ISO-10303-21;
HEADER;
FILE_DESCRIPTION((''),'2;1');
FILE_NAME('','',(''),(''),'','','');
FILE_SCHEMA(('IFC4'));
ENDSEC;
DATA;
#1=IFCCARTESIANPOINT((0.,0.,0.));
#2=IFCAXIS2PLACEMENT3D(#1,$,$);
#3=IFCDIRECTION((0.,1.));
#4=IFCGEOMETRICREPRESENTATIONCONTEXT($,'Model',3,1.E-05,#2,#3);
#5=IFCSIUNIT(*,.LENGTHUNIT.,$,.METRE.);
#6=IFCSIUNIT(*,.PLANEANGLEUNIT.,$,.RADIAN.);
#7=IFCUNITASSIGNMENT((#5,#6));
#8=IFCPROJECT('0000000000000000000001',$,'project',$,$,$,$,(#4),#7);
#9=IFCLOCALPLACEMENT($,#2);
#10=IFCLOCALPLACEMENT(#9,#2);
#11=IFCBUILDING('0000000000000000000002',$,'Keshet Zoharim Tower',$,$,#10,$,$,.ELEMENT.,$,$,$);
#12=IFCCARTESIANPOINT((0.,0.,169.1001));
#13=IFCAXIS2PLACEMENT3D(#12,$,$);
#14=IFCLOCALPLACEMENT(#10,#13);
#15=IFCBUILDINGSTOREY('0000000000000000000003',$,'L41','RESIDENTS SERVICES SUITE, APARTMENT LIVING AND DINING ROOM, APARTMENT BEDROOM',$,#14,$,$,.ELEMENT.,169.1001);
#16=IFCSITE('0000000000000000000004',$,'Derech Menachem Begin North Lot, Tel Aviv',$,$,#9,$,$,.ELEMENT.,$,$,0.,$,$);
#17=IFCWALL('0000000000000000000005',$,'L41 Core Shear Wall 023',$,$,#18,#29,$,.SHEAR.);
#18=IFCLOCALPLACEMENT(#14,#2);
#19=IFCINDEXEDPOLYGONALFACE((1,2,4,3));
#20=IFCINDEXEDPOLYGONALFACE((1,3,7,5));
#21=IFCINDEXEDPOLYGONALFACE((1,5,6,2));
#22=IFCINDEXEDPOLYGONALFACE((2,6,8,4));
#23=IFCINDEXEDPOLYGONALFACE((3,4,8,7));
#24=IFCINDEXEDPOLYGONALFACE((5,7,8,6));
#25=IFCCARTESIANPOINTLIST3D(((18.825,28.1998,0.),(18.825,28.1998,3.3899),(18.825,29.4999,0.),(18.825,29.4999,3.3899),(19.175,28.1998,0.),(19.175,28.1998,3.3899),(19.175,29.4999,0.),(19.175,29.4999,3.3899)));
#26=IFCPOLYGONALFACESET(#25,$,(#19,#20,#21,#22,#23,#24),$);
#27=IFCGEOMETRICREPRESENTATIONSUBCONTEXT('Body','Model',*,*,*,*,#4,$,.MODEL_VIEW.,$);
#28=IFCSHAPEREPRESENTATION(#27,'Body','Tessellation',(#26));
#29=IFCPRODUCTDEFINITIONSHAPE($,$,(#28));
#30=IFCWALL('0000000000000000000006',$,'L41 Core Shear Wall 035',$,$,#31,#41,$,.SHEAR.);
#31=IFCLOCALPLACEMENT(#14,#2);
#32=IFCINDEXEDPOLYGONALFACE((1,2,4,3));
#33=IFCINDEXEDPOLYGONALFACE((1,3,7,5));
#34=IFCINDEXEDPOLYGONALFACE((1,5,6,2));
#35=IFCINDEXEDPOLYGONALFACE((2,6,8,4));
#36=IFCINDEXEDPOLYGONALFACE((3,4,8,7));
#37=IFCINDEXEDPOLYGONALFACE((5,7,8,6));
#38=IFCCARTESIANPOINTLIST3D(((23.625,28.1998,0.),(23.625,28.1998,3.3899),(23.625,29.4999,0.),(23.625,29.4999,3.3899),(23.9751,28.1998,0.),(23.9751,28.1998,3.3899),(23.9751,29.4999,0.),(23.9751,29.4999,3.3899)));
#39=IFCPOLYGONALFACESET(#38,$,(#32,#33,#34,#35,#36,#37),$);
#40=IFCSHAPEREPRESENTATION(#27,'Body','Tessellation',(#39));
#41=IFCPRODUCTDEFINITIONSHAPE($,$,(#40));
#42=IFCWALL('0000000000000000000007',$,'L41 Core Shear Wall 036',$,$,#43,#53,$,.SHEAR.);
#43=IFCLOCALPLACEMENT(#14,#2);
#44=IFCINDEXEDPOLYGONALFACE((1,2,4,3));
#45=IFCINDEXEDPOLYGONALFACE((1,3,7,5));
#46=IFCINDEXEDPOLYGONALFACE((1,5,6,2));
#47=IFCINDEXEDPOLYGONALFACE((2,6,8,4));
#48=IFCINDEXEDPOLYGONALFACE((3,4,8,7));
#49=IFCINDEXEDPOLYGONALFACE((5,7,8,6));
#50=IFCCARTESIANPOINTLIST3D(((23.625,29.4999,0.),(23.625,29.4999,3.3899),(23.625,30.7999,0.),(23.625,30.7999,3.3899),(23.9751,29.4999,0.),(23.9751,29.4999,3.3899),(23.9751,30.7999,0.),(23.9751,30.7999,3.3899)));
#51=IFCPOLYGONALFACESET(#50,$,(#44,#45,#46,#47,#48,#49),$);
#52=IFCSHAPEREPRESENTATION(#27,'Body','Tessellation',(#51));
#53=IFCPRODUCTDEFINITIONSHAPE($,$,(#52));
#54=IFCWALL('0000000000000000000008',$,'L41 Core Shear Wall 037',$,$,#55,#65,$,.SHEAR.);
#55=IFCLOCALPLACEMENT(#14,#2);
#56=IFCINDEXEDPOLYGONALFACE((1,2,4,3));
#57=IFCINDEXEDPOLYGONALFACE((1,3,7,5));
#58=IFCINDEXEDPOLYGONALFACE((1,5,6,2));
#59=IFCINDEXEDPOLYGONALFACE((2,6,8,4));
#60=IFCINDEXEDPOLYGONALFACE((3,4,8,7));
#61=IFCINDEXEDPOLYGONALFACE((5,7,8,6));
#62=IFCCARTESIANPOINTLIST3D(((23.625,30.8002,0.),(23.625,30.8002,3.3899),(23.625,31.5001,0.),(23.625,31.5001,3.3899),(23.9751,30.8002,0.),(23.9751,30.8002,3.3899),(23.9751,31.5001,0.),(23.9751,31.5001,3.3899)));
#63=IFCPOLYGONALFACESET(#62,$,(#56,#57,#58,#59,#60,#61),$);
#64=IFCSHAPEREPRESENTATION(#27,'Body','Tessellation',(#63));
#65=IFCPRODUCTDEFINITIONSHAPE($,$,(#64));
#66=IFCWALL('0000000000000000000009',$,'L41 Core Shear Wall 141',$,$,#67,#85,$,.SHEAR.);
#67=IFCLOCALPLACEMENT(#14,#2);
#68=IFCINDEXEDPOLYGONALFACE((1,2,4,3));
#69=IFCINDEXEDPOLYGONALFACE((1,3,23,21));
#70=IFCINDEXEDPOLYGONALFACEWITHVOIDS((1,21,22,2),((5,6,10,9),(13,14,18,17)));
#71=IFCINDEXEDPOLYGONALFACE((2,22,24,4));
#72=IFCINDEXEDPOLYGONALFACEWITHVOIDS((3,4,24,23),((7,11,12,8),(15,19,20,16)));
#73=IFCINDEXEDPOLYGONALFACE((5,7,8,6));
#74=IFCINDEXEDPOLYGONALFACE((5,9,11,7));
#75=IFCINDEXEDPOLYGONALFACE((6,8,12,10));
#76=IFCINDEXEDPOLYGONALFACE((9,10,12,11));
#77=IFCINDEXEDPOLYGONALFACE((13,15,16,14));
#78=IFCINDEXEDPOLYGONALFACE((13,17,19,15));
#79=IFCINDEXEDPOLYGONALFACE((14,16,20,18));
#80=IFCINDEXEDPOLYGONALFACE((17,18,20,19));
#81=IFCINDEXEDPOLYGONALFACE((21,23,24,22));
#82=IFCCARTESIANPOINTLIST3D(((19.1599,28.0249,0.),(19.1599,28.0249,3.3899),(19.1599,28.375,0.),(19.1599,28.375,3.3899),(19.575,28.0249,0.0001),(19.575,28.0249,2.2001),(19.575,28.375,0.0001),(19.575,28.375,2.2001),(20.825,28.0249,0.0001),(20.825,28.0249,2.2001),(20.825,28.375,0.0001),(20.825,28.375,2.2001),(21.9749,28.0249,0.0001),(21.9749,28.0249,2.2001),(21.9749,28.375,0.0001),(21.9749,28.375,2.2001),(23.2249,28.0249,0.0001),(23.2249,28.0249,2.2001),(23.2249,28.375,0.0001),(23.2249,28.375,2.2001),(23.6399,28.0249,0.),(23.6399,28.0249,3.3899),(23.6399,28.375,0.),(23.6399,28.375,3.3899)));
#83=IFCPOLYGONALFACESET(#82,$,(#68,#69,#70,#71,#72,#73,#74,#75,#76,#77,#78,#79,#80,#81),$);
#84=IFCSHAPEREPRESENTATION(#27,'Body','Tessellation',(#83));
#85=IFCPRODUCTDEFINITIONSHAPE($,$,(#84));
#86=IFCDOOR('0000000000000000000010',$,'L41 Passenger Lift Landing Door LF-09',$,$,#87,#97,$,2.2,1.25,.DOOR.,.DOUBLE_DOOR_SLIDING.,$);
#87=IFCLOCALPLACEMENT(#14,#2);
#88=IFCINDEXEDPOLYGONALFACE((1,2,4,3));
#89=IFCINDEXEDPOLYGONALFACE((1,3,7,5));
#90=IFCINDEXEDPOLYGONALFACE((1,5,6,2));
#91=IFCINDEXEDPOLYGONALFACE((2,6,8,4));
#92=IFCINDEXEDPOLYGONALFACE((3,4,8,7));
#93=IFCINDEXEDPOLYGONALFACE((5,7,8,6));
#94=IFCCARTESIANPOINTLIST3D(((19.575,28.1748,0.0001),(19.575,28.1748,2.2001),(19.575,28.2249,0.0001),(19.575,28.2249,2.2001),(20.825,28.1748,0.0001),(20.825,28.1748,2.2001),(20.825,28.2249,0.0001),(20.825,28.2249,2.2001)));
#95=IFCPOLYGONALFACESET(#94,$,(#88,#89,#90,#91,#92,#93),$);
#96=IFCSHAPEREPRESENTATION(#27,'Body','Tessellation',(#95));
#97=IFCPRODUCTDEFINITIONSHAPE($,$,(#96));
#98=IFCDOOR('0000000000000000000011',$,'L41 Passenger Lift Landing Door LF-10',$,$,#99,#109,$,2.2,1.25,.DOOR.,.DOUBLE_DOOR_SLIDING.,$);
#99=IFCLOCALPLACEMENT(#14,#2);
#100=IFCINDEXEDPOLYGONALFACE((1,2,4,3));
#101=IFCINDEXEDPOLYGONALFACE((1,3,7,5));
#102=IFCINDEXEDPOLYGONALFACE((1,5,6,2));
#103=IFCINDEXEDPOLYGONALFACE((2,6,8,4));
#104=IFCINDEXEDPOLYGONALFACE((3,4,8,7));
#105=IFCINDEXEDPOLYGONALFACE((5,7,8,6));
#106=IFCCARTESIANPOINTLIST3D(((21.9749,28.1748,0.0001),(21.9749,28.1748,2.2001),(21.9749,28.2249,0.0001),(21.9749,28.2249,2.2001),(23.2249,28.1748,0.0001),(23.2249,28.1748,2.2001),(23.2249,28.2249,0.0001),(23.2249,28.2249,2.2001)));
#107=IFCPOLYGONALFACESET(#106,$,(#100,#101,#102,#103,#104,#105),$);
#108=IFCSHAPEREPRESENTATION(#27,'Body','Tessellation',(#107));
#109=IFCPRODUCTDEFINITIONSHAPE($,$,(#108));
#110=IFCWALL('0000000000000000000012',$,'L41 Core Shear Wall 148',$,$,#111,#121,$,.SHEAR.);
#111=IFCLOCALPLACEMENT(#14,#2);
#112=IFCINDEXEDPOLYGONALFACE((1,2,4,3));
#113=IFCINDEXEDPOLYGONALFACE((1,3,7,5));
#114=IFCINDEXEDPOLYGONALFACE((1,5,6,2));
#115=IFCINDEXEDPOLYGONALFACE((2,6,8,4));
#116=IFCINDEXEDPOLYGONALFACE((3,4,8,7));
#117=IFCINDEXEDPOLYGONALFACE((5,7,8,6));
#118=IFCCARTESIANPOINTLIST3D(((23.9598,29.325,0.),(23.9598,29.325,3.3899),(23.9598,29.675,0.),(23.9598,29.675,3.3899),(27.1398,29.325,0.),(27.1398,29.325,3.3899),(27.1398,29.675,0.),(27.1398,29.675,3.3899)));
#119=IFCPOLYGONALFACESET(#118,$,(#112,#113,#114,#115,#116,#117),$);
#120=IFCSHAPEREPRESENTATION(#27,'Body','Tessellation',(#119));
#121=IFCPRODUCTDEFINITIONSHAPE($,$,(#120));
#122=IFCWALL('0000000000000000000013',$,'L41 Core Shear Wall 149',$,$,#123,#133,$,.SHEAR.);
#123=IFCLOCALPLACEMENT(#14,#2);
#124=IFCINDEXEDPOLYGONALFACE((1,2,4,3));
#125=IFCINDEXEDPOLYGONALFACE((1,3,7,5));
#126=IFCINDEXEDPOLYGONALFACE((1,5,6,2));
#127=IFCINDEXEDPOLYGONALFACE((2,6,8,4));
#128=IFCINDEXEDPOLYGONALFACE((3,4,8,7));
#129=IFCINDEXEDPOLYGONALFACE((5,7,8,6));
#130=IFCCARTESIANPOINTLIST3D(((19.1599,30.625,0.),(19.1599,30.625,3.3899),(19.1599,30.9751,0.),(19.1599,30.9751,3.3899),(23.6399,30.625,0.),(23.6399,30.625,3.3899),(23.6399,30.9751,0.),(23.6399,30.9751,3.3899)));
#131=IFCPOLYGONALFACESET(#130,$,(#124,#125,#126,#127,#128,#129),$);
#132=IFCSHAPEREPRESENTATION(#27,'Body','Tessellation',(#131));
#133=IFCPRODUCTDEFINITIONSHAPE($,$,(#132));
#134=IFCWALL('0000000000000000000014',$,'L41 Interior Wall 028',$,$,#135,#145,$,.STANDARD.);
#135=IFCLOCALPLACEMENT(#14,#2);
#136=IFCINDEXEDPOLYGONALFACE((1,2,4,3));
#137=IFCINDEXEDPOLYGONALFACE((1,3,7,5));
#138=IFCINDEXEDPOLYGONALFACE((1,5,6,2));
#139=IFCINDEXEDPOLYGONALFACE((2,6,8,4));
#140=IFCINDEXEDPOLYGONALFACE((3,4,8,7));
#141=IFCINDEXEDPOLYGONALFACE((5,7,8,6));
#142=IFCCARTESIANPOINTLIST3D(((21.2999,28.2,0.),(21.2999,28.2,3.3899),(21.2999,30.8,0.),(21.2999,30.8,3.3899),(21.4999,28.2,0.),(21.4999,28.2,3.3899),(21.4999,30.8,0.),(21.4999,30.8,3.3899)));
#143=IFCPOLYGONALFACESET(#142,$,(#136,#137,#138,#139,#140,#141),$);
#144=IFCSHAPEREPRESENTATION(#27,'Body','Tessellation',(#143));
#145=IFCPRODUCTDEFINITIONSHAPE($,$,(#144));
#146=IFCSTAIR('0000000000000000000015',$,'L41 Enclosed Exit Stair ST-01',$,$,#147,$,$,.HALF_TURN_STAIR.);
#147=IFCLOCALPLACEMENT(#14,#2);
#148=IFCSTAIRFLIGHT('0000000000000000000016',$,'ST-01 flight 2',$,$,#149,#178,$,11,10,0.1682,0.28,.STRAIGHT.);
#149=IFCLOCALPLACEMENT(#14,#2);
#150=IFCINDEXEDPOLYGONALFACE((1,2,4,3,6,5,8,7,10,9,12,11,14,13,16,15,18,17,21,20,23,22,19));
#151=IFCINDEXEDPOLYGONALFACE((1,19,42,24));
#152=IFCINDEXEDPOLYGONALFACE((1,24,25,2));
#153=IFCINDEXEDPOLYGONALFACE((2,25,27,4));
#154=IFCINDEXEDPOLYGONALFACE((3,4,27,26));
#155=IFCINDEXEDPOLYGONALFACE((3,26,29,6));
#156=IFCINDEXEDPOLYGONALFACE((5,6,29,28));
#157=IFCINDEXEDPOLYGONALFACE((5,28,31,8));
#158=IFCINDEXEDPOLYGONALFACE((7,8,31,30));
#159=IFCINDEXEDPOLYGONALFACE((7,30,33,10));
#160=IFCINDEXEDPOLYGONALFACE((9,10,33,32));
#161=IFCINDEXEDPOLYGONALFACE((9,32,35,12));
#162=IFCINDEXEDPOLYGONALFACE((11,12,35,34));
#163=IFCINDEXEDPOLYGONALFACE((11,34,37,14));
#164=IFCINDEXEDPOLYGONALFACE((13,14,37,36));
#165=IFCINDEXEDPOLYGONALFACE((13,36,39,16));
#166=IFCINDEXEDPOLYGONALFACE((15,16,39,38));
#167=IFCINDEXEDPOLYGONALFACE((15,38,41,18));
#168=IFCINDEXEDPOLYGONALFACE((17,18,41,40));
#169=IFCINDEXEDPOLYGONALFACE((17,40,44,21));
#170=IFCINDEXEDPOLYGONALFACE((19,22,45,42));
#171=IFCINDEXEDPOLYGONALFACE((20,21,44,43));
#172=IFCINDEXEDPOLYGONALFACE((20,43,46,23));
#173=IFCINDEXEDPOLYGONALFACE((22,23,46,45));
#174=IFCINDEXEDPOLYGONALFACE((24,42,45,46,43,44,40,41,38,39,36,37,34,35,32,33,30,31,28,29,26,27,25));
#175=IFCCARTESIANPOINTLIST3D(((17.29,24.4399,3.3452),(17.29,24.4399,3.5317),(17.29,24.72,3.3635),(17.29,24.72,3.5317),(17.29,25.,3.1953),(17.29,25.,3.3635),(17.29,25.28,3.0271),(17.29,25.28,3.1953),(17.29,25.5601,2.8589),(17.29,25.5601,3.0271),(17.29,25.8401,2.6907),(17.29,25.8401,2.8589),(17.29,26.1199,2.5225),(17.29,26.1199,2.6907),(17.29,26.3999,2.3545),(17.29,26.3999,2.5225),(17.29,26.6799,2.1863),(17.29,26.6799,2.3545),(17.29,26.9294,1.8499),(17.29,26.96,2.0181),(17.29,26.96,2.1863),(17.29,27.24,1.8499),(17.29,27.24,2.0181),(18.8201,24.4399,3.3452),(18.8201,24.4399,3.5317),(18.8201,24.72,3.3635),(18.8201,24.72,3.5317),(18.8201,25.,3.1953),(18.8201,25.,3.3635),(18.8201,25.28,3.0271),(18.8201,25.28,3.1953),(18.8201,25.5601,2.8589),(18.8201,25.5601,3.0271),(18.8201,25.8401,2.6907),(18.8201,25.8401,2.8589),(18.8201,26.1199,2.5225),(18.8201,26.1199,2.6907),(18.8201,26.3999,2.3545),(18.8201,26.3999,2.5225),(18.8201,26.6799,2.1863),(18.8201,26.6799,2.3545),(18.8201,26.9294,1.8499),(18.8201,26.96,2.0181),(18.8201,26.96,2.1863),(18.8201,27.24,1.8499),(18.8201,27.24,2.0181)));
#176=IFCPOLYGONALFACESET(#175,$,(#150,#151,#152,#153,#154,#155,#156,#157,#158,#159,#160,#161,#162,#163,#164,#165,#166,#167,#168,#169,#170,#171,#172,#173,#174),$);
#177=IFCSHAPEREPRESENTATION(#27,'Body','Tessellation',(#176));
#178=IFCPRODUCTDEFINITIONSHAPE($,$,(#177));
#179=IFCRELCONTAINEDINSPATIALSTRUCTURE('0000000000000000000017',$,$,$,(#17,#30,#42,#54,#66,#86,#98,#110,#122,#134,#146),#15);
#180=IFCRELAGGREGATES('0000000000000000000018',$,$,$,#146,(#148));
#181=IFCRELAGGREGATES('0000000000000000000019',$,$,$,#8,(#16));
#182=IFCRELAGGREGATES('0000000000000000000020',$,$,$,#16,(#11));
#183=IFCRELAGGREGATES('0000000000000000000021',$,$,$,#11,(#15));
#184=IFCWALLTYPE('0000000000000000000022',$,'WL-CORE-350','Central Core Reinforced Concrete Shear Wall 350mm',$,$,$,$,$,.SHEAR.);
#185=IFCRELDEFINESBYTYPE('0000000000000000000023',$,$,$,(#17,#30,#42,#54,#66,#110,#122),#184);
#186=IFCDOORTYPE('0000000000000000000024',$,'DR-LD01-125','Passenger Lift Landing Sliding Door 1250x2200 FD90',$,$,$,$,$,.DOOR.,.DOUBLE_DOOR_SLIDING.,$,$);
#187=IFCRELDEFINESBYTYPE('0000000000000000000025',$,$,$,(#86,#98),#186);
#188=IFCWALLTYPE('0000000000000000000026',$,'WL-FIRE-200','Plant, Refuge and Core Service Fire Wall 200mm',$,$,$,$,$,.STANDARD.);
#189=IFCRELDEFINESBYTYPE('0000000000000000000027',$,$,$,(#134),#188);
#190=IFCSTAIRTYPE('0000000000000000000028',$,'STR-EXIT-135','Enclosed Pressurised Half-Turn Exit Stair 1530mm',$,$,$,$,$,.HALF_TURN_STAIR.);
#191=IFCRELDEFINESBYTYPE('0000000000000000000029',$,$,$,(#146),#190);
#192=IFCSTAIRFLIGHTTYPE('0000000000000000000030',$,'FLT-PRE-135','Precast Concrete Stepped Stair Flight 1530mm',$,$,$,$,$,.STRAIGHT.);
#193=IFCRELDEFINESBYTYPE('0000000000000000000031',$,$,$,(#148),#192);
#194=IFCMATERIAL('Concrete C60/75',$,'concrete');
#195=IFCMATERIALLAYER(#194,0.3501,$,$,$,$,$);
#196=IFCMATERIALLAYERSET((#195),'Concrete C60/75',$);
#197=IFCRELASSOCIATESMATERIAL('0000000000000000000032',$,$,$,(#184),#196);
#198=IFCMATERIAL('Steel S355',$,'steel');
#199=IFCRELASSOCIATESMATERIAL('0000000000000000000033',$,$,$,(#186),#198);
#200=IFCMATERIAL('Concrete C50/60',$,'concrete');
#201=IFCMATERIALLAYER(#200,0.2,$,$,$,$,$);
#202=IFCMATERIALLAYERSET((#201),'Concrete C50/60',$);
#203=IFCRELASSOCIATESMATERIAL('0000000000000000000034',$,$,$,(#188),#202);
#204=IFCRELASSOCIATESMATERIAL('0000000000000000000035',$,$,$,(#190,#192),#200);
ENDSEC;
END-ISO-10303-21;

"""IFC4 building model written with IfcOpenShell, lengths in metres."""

from ifc_helpers import new_model, si_unit, direction, frame, frame_2d, origin, place, context, subcontext, project, spatial, polyline, rectangle, outline, extrude, material, layer, layer_set, type_object, element, fill, aggregate, save


model = new_model("IFC4")

# Units and contexts
model_context = context("Model", 3, precision=1e-05, world=origin(), true_north=direction((0.0, 1.0)))
body_context = subcontext(model_context, "Body", "Model", "MODEL_VIEW")
ifc_project = project(units=[si_unit("LENGTHUNIT", "METRE"), si_unit("PLANEANGLEUNIT", "RADIAN")], contexts=[model_context])

# Site, building, storey
site_placement = place(None, origin())
site = spatial("IfcSite", under=ifc_project, at=site_placement, Name="Derech Menachem Begin North Lot, Tel Aviv", CompositionType="ELEMENT", RefElevation=0.0)
building_placement = place(site_placement, origin())
building = spatial("IfcBuilding", under=site, at=building_placement, Name="Keshet Zoharim Tower", CompositionType="ELEMENT")
storey_placement = place(building_placement, frame((0.0, 0.0, 169.1001)))
storey = spatial("IfcBuildingStorey", under=building, at=storey_placement, Name="L41", Description="RESIDENTS SERVICES SUITE, APARTMENT LIVING AND DINING ROOM, APARTMENT BEDROOM", CompositionType="ELEMENT", Elevation=169.1001)

# Wall
ifc_material_1 = material(Name="Concrete C60/75", Category="concrete")
ifc_layer_1 = layer(ifc_material_1, 0.3501)
ifc_layer_set_1 = layer_set([ifc_layer_1], Name="Concrete C60/75")
wall_type_1 = type_object("IfcWallType", Name="WL-CORE-350", Description="Central Core Reinforced Concrete Shear Wall 350mm", PredefinedType="SHEAR", material=ifc_layer_set_1)
wall_1_placement = place(storey_placement, frame((19.0, 28.2, 0.0), z_axis=(0.0, 0.0, 1.0), x_axis=(0.0, 1.0, 0.0)))
element("IfcWall", 1, at=wall_1_placement, inside=storey, type_object=wall_type_1, Name="L41 Core Shear Wall 023", PredefinedType="SHEAR", context=body_context, shape_type="SweptSolid", body=[
    extrude(rectangle(XDim=1.3, YDim=0.3501, at=frame_2d((0.6499, 0.0))), origin(), (0.0, 0.0, 1.0), 3.3899),
])

# Walls
for number, where, z_axis, x_axis, name in (
    (2, (23.8, 28.2, 0.0), (0.0, 0.0, 1.0), (0.0, 1.0, 0.0), "L41 Core Shear Wall 035"),
    (3, (23.8, 29.5, 0.0), (0.0, 0.0, 1.0), (0.0, 1.0, 0.0), "L41 Core Shear Wall 036"),
):
    element("IfcWall", number, at=place(storey_placement, frame(where, z_axis=z_axis, x_axis=x_axis)), inside=storey, type_object=wall_type_1, Name=name, PredefinedType="SHEAR", context=body_context, shape_type="SweptSolid", body=[
        extrude(rectangle(XDim=1.3, YDim=0.3501, at=frame_2d((0.6499, 0.0))), origin(), (0.0, 0.0, 1.0), 3.3899),
    ])
wall_2_placement = place(storey_placement, frame((23.8, 30.8, 0.0), z_axis=(0.0, 0.0, 1.0), x_axis=(0.0, 1.0, 0.0)))
element("IfcWall", 4, at=wall_2_placement, inside=storey, type_object=wall_type_1, Name="L41 Core Shear Wall 037", PredefinedType="SHEAR", context=body_context, shape_type="SweptSolid", body=[
    extrude(rectangle(XDim=0.7, YDim=0.3501, at=frame_2d((0.3501, 0.0))), origin(), (0.0, 0.0, 1.0), 3.3899),
])

# Wall, openings, doors
wall_3_placement = place(storey_placement, frame((19.1599, 28.2, 0.0), z_axis=(0.0, 0.0, 1.0), x_axis=(1.0, 0.0, 0.0)))
wall_3 = element("IfcWall", 5, at=wall_3_placement, inside=storey, type_object=wall_type_1, Name="L41 Core Shear Wall 141", PredefinedType="SHEAR", context=body_context, shape_type="SweptSolid", body=[
    extrude(rectangle(XDim=4.48, YDim=0.3501, at=frame_2d((2.24, 0.0))), origin(), (0.0, 0.0, 1.0), 3.3899),
])
opening_1_placement = place(wall_3_placement, frame((0.415, 0.0, 0.0)))
opening_1 = element("IfcOpeningElement", 6, at=opening_1_placement, cuts=wall_3, PredefinedType="OPENING", context=body_context, shape_type="SweptSolid", body=[
    extrude(rectangle(XDim=1.25, YDim=2.2, at=frame_2d((0.625, 1.1001))), frame((0.0, 0.1851, 0.0), z_axis=(0.0, -1.0, 0.0), x_axis=(1.0, 0.0, 0.0)), (0.0, 0.0, 1.0), 0.3701),
])
opening_2_placement = place(wall_3_placement, frame((2.8149, 0.0, 0.0)))
opening_2 = element("IfcOpeningElement", 7, at=opening_2_placement, cuts=wall_3, PredefinedType="OPENING", context=body_context, shape_type="SweptSolid", body=[
    extrude(rectangle(XDim=1.25, YDim=2.2, at=frame_2d((0.625, 1.1001))), frame((0.0, 0.1851, 0.0), z_axis=(0.0, -1.0, 0.0), x_axis=(1.0, 0.0, 0.0)), (0.0, 0.0, 1.0), 0.3701),
])
ifc_material_2 = material(Name="Steel S355", Category="steel")
door_type_1 = type_object("IfcDoorType", Name="DR-LD01-125", Description="Passenger Lift Landing Sliding Door 1250x2200 FD90", OperationType="DOUBLE_DOOR_SLIDING", PredefinedType="DOOR", material=ifc_material_2)
door_1_placement = place(opening_1_placement, origin())
door_1 = element("IfcDoor", 8, at=door_1_placement, inside=storey, type_object=door_type_1, Name="L41 Passenger Lift Landing Door LF-09", OperationType="DOUBLE_DOOR_SLIDING", OverallHeight=2.2, OverallWidth=1.25, PredefinedType="DOOR", context=body_context, shape_type="SweptSolid", body=[
    extrude(rectangle(XDim=1.25, YDim=2.2, at=frame_2d((0.625, 1.1001))), frame((0.0, 0.0249, 0.0), z_axis=(0.0, -1.0, 0.0), x_axis=(1.0, 0.0, 0.0)), (0.0, 0.0, 1.0), 0.05),
])
fill(opening_1, door_1)
door_2_placement = place(opening_2_placement, origin())
door_2 = element("IfcDoor", 9, at=door_2_placement, inside=storey, type_object=door_type_1, Name="L41 Passenger Lift Landing Door LF-10", OperationType="DOUBLE_DOOR_SLIDING", OverallHeight=2.2, OverallWidth=1.25, PredefinedType="DOOR", context=body_context, shape_type="SweptSolid", body=[
    extrude(rectangle(XDim=1.25, YDim=2.2, at=frame_2d((0.625, 1.1001))), frame((0.0, 0.0249, 0.0), z_axis=(0.0, -1.0, 0.0), x_axis=(1.0, 0.0, 0.0)), (0.0, 0.0, 1.0), 0.05),
])
fill(opening_2, door_2)

# Walls
wall_4_placement = place(storey_placement, frame((23.96, 29.5, 0.0), z_axis=(0.0, 0.0, 1.0), x_axis=(1.0, 0.0, 0.0)))
element("IfcWall", 10, at=wall_4_placement, inside=storey, type_object=wall_type_1, Name="L41 Core Shear Wall 148", PredefinedType="SHEAR", context=body_context, shape_type="SweptSolid", body=[
    extrude(rectangle(XDim=3.1799, YDim=0.3501, at=frame_2d((1.5898, 0.0))), origin(), (0.0, 0.0, 1.0), 3.3899),
])
wall_5_placement = place(storey_placement, frame((19.1599, 30.8, 0.0), z_axis=(0.0, 0.0, 1.0), x_axis=(1.0, 0.0, 0.0)))
element("IfcWall", 11, at=wall_5_placement, inside=storey, type_object=wall_type_1, Name="L41 Core Shear Wall 149", PredefinedType="SHEAR", context=body_context, shape_type="SweptSolid", body=[
    extrude(rectangle(XDim=4.48, YDim=0.3501, at=frame_2d((2.24, 0.0))), origin(), (0.0, 0.0, 1.0), 3.3899),
])
ifc_material_3 = material(Name="Concrete C50/60", Category="concrete")
ifc_layer_2 = layer(ifc_material_3, 0.2)
ifc_layer_set_2 = layer_set([ifc_layer_2], Name="Concrete C50/60")
wall_type_2 = type_object("IfcWallType", Name="WL-FIRE-200", Description="Plant, Refuge and Core Service Fire Wall 200mm", PredefinedType="STANDARD", material=ifc_layer_set_2)
wall_6_placement = place(storey_placement, frame((21.3999, 28.2, 0.0), z_axis=(0.0, 0.0, 1.0), x_axis=(0.0, 1.0, 0.0)))
element("IfcWall", 12, at=wall_6_placement, inside=storey, type_object=wall_type_2, Name="L41 Interior Wall 028", PredefinedType="STANDARD", context=body_context, shape_type="SweptSolid", body=[
    extrude(rectangle(XDim=2.6001, YDim=0.2, at=frame_2d((1.3, 0.0))), origin(), (0.0, 0.0, 1.0), 3.3899),
])

# Stair, stair flight
stair_type = type_object("IfcStairType", Name="STR-EXIT-135", Description="Enclosed Pressurised Half-Turn Exit Stair 1530mm", PredefinedType="HALF_TURN_STAIR", material=ifc_material_3)
stair_1_placement = place(storey_placement, origin())
stair_1 = element("IfcStair", 13, at=stair_1_placement, inside=storey, type_object=stair_type, Name="L41 Enclosed Exit Stair ST-01", PredefinedType="HALF_TURN_STAIR")
stair_flight_type_1 = type_object("IfcStairFlightType", Name="FLT-PRE-135", Description="Precast Concrete Stepped Stair Flight 1530mm", PredefinedType="STRAIGHT", material=ifc_material_3)
stair_flight_1_placement = place(storey_placement, frame((18.0549, 27.24, 1.8499), z_axis=(0.0, 0.0, 1.0), x_axis=(0.0, -1.0, 0.0)))
stair_flight_1 = element("IfcStairFlight", 14, at=stair_flight_1_placement, type_object=stair_flight_type_1, Name="ST-01 flight 2", NumberOfRisers=11, NumberOfTreads=10, PredefinedType="STRAIGHT", RiserHeight=0.1682, TreadLength=0.28, context=body_context, shape_type="SweptSolid", body=[
    extrude(outline(polyline([(0.0, 0.0), (0.0, 0.1682), (0.28, 0.1682), (0.28, 0.3364), (0.5601, 0.3364), (0.5601, 0.5046), (0.8401, 0.5046), (0.8401, 0.6726), (1.1201, 0.6726), (1.1201, 0.8408), (1.3999, 0.8408), (1.3999, 1.009), (1.6799, 1.009), (1.6799, 1.1772), (1.96, 1.1772), (1.96, 1.3455), (2.24, 1.3455), (2.24, 1.5137), (2.52, 1.5137), (2.52, 1.6819), (2.8, 1.6819), (2.8, 1.8501), (2.8, 1.4954), (0.3105, 0.0), (0.0, 0.0)])), frame((0.0, 0.7651, 0.0), z_axis=(0.0, -1.0, 0.0), x_axis=(1.0, 0.0, 0.0)), (0.0, 0.0, 1.0), 1.53),
])
aggregate(stair_1, [stair_flight_1])

save(model, "model.ifc")
